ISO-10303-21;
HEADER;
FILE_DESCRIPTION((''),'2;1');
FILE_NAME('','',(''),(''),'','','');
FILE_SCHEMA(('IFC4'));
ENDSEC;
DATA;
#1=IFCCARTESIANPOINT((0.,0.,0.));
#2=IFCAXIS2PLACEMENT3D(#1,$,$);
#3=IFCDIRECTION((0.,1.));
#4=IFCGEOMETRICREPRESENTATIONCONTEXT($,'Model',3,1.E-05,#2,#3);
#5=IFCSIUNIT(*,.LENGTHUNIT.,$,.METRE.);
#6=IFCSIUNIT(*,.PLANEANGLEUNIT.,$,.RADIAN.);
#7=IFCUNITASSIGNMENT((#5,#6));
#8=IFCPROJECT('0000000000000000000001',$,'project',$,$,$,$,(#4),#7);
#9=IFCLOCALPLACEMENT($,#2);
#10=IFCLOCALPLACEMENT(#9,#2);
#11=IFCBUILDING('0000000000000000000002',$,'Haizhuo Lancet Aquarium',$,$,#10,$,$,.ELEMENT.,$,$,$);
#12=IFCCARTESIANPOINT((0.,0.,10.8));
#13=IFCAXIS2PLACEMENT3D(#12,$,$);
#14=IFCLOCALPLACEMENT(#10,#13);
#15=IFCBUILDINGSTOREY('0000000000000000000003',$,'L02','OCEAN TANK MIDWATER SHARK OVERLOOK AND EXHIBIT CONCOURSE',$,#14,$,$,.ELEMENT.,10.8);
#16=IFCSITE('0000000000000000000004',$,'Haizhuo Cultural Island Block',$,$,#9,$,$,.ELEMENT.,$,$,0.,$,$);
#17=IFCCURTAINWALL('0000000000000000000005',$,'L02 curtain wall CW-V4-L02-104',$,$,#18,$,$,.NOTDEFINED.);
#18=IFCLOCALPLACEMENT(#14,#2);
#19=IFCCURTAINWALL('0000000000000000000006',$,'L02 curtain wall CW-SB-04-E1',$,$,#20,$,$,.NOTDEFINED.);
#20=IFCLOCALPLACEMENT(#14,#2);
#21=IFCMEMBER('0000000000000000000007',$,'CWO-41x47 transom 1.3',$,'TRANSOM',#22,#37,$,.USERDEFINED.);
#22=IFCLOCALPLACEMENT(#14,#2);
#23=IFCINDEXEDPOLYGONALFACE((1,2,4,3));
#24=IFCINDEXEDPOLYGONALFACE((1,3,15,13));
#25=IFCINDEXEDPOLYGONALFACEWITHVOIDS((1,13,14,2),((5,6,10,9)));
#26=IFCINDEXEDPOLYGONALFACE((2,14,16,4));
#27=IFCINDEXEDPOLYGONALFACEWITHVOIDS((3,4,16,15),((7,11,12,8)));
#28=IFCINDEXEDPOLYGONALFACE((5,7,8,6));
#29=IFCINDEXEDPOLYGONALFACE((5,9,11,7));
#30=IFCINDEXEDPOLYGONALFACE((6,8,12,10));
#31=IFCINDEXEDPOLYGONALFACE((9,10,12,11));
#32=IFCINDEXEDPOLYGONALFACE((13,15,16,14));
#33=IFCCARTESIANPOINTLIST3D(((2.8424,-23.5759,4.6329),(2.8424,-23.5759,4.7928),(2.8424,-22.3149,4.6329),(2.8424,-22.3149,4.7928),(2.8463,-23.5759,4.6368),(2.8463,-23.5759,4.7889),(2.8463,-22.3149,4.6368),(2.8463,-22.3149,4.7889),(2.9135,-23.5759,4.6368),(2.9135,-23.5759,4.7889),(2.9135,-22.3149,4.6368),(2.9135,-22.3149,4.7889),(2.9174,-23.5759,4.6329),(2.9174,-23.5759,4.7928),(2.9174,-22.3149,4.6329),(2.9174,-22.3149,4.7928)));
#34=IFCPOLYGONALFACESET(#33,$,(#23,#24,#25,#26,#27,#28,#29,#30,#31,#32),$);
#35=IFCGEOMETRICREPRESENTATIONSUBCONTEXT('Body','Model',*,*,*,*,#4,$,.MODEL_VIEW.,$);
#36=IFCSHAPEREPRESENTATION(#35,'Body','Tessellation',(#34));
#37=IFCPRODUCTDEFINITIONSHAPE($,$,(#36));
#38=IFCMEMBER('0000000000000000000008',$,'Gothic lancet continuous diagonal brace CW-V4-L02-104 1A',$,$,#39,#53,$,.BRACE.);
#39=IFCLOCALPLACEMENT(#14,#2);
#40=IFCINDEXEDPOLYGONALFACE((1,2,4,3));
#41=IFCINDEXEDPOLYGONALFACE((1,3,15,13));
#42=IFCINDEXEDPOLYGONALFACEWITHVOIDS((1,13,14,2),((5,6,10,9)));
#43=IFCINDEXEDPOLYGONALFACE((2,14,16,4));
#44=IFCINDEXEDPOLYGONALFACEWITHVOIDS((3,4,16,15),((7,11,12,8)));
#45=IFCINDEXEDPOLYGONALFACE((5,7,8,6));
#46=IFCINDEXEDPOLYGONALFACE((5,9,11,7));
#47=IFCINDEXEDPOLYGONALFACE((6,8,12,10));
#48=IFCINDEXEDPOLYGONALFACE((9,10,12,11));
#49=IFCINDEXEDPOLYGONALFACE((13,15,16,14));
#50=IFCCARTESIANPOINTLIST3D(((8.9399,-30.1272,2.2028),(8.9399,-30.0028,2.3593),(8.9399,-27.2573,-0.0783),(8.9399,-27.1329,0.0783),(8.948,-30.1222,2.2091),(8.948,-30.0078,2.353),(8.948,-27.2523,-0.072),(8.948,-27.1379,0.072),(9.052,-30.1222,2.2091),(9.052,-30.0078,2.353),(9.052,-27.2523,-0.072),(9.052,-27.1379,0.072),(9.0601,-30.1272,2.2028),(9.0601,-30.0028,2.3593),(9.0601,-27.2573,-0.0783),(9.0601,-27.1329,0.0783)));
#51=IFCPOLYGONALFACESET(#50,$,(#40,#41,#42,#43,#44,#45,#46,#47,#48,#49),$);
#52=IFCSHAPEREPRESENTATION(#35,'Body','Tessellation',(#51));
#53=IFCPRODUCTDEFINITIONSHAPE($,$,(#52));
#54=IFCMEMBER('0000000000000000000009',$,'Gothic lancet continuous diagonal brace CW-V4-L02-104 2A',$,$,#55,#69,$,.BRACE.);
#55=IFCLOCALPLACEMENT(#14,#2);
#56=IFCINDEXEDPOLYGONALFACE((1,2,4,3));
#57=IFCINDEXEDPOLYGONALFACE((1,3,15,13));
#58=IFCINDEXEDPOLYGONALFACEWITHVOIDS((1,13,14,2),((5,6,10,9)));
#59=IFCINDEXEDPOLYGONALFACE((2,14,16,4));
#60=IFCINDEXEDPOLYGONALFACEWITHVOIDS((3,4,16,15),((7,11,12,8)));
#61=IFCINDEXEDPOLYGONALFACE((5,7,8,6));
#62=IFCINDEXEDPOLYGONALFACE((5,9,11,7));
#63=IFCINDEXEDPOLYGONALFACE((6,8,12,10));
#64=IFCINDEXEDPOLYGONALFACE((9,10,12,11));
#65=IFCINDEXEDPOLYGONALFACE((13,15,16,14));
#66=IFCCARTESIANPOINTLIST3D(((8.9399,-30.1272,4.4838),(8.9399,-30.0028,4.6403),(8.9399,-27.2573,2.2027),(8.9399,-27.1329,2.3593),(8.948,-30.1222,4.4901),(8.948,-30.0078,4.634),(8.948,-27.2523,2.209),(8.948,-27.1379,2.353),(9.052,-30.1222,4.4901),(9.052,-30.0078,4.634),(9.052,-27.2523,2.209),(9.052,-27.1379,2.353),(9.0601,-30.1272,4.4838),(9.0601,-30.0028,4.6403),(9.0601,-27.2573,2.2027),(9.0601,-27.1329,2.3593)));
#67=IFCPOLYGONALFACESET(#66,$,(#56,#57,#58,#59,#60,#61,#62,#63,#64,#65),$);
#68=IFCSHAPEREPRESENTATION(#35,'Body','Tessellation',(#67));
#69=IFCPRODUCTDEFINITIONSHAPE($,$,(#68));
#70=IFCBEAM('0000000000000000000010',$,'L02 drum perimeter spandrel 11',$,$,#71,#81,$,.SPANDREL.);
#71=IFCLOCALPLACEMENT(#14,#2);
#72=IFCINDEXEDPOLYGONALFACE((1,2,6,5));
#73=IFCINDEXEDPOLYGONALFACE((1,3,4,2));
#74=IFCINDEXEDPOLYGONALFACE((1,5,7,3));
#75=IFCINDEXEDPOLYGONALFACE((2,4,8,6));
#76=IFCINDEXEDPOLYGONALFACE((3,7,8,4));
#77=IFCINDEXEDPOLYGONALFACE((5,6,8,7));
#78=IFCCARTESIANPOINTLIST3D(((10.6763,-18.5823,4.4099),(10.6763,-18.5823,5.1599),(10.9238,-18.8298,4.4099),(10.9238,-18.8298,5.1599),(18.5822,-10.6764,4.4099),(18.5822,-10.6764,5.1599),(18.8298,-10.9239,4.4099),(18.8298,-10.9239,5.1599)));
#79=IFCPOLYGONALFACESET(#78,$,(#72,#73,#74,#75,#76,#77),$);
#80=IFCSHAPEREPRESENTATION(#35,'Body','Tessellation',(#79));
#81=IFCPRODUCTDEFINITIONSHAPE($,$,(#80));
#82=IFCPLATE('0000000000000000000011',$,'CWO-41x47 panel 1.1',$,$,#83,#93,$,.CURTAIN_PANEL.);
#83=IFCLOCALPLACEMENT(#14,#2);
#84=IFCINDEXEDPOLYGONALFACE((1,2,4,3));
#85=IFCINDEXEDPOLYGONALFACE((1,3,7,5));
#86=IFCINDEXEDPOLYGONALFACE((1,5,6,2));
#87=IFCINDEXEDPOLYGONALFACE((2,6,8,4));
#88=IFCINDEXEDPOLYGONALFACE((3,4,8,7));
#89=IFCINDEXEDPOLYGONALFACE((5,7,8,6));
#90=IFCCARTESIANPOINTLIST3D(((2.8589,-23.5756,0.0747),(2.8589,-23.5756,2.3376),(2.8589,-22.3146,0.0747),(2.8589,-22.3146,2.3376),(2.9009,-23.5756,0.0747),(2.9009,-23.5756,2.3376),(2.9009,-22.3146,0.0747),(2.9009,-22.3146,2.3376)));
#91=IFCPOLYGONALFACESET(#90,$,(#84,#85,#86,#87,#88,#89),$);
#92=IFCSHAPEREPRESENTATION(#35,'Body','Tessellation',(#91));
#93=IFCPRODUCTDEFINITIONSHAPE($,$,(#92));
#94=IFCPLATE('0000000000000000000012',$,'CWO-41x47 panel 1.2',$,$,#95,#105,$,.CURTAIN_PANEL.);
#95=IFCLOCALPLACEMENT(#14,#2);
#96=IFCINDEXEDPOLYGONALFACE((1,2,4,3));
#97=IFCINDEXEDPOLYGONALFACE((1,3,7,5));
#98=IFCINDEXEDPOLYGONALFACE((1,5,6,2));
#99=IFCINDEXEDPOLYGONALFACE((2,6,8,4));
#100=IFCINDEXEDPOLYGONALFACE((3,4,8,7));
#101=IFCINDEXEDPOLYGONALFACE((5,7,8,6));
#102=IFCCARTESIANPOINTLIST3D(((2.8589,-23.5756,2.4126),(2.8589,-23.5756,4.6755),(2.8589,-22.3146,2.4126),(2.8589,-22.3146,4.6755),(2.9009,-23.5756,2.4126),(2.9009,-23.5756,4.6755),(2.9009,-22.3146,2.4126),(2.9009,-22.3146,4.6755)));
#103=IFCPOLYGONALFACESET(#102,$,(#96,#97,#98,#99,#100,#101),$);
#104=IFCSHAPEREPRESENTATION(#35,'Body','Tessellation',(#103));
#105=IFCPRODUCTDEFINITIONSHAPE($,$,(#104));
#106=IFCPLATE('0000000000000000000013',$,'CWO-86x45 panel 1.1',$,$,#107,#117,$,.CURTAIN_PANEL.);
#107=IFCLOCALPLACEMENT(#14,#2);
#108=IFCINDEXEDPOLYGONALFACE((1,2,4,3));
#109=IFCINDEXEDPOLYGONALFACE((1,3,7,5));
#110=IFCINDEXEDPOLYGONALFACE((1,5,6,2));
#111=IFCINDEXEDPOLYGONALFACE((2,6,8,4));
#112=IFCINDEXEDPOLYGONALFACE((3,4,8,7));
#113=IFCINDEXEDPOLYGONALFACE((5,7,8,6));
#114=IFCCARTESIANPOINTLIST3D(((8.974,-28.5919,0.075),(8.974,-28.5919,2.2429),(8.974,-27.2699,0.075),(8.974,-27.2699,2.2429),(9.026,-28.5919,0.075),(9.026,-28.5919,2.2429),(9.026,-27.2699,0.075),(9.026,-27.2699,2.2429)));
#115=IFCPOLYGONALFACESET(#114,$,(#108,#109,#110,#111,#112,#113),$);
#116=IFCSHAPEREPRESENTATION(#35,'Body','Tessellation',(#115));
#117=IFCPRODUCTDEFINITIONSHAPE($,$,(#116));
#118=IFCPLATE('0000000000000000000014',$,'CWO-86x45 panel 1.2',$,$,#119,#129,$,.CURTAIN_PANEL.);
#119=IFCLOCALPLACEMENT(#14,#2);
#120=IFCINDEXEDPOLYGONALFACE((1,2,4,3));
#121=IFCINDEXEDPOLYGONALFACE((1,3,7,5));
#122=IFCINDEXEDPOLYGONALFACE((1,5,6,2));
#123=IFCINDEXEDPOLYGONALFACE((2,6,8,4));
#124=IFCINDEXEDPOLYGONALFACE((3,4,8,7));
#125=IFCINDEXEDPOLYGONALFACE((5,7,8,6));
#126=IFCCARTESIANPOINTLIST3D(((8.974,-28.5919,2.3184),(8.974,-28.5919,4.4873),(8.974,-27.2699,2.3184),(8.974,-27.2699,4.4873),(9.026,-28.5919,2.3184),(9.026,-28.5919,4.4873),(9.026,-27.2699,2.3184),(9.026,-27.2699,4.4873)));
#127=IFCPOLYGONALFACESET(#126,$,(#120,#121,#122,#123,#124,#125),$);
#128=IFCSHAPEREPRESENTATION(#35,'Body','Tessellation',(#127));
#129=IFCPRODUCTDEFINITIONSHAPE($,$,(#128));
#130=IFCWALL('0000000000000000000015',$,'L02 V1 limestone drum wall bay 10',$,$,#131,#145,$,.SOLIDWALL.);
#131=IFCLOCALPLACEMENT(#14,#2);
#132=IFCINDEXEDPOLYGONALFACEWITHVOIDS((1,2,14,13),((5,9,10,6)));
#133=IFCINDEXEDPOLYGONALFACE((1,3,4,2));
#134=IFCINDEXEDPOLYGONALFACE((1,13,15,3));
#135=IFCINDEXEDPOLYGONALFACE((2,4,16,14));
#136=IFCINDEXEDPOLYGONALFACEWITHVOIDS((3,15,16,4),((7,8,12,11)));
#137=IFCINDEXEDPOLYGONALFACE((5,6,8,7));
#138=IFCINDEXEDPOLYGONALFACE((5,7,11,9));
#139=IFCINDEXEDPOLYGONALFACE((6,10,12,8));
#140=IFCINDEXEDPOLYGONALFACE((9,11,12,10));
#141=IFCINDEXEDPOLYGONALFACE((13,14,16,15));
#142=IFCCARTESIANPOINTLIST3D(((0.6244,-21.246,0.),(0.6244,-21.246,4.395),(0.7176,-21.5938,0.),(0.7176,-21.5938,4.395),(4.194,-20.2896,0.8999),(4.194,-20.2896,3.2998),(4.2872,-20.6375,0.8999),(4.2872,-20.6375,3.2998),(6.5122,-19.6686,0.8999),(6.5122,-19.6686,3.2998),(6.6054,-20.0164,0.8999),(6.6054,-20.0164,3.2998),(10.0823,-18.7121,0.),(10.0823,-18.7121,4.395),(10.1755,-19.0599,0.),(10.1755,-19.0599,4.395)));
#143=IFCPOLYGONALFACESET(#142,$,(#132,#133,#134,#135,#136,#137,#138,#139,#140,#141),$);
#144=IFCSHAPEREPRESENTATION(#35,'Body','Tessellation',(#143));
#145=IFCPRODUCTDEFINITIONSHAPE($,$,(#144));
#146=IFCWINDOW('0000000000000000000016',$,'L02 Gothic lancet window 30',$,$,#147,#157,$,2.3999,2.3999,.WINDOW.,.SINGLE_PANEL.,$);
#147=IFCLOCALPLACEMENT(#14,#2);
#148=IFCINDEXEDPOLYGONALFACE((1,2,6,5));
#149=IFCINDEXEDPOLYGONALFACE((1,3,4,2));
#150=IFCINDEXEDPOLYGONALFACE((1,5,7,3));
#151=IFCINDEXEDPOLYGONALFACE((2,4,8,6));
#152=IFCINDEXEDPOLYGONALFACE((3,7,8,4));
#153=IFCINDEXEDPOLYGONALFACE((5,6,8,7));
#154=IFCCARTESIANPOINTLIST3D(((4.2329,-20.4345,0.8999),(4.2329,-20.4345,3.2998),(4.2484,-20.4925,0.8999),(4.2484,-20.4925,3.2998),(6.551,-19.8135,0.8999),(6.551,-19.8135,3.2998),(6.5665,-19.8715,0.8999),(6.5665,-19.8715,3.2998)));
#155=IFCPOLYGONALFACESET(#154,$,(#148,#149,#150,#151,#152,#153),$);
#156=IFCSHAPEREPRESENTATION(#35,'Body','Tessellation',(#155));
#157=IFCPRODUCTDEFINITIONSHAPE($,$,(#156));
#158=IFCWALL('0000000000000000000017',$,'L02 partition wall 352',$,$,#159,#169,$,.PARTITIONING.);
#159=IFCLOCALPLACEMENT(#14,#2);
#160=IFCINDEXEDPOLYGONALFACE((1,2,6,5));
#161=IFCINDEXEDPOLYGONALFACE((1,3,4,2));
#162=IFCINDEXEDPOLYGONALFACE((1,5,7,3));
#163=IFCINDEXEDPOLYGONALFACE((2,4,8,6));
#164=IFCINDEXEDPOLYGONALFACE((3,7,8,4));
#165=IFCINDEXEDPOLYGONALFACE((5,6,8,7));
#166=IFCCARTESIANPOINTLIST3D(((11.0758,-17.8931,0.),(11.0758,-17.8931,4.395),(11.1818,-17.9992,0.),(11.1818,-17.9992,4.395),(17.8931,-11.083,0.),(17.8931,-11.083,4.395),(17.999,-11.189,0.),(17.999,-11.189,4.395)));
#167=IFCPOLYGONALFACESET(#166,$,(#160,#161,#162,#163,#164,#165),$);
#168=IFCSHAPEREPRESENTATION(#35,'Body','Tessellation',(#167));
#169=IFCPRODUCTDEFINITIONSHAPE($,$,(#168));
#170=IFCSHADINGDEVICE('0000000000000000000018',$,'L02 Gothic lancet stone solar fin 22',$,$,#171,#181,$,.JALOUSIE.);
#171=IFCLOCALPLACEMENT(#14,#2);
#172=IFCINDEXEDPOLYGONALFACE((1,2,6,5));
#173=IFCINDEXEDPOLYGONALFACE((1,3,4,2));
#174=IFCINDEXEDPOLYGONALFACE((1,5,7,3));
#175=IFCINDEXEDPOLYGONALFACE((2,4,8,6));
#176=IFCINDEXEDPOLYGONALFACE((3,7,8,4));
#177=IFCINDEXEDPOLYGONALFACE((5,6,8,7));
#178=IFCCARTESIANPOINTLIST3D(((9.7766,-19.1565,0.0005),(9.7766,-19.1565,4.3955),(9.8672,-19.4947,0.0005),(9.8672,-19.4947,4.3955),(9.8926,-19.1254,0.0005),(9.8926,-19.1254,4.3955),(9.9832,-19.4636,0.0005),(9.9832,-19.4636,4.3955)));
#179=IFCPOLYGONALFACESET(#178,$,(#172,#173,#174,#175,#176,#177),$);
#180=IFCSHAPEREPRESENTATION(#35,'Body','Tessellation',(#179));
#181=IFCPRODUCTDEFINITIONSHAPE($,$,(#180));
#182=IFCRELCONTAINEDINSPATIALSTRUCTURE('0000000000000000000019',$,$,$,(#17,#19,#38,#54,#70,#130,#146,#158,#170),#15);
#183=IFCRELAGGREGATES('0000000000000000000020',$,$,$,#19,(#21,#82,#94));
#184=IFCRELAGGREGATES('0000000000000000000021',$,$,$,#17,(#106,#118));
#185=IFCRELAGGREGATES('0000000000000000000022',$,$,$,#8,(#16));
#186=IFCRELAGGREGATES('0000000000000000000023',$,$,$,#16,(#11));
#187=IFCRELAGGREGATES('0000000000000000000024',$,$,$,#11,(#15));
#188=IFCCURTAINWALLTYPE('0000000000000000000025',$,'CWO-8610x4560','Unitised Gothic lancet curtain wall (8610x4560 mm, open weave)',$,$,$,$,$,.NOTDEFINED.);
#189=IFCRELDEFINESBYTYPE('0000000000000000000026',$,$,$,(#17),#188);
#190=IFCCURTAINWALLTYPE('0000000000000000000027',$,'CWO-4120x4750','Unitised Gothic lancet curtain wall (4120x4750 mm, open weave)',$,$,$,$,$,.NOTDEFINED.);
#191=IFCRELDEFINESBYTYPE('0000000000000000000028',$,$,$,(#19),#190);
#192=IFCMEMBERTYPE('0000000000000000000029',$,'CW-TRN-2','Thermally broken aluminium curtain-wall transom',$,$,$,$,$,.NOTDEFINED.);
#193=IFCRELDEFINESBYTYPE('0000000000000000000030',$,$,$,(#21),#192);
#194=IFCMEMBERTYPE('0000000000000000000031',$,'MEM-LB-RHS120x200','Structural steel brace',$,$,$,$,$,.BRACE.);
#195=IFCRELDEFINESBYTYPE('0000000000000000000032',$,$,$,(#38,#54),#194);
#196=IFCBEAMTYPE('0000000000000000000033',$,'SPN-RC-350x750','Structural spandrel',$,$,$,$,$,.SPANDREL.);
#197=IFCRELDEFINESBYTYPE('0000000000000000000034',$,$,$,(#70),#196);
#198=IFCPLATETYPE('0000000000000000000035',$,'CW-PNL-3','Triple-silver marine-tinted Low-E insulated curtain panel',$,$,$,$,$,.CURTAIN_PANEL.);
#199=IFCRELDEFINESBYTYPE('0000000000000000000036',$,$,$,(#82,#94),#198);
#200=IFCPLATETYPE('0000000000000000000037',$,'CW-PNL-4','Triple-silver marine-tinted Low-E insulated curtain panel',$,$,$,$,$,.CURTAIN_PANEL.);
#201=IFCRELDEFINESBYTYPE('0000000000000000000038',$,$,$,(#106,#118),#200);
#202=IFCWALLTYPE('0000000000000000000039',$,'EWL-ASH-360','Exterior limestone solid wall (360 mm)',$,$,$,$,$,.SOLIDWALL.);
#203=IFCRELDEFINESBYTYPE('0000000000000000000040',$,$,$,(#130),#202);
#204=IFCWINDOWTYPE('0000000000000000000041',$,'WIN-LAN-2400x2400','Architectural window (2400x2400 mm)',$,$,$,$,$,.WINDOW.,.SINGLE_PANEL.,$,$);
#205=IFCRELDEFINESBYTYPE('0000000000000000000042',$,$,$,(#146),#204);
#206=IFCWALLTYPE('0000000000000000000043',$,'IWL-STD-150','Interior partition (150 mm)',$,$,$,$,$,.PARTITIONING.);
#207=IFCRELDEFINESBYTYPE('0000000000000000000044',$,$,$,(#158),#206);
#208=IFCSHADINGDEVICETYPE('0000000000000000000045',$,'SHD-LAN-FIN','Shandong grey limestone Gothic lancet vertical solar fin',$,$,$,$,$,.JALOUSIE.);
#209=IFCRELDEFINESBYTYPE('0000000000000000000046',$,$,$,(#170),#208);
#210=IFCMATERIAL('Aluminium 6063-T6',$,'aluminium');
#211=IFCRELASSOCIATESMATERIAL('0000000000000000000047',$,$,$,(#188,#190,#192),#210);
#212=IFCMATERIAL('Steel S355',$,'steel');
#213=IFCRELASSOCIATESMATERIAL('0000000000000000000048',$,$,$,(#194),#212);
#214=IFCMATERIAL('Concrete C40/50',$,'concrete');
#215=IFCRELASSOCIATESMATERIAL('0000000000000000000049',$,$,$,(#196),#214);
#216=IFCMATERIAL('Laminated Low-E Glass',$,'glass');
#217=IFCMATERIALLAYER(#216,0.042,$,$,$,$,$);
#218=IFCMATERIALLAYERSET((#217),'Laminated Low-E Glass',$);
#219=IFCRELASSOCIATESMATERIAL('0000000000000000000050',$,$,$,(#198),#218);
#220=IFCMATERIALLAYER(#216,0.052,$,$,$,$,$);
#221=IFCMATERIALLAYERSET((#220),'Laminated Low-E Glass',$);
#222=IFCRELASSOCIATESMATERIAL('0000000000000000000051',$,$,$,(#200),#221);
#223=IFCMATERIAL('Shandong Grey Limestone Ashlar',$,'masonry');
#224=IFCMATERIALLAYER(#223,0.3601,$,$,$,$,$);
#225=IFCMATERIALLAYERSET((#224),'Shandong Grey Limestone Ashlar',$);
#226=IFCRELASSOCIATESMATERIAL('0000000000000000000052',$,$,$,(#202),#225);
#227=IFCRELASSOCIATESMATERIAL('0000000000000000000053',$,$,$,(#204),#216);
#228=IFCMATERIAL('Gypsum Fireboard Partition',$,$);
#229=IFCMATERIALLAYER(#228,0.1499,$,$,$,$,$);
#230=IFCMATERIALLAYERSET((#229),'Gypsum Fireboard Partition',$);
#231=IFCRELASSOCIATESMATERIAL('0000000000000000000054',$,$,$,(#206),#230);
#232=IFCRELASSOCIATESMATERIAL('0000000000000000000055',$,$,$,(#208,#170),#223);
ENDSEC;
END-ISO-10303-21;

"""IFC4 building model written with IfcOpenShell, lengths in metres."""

from ifc_helpers import new_model, si_unit, direction, frame, frame_2d, origin, origin_2d, place, context, subcontext, project, spatial, rectangle, hollow_rectangle, extrude, material, layer, layer_set, material_profile, profile_set, type_object, element, fill, aggregate, save


model = new_model("IFC4")

# Units and contexts
model_context = context("Model", 3, precision=1e-05, world=origin(), true_north=direction((0.0, 1.0)))
body_context = subcontext(model_context, "Body", "Model", "MODEL_VIEW")
ifc_project = project(units=[si_unit("LENGTHUNIT", "METRE"), si_unit("PLANEANGLEUNIT", "RADIAN")], contexts=[model_context])

# Site, building, storey
site_placement = place(None, origin())
site = spatial("IfcSite", under=ifc_project, at=site_placement, Name="Haizhuo Cultural Island Block", CompositionType="ELEMENT", RefElevation=0.0)
building_placement = place(site_placement, origin())
building = spatial("IfcBuilding", under=site, at=building_placement, Name="Haizhuo Lancet Aquarium", CompositionType="ELEMENT")
storey_placement = place(building_placement, frame((0.0, 0.0, 10.8)))
storey = spatial("IfcBuildingStorey", under=building, at=storey_placement, Name="L02", Description="OCEAN TANK MIDWATER SHARK OVERLOOK AND EXHIBIT CONCOURSE", CompositionType="ELEMENT", Elevation=10.8)

# Shared definitions
ifc_material_1 = material(Name="Steel S355", Category="steel")

# Curtain wall
ifc_material_2 = material(Name="Aluminium 6063-T6", Category="aluminium")
curtain_wall_type_1 = type_object("IfcCurtainWallType", Name="CWO-8610x4560", Description="Unitised Gothic lancet curtain wall (8610x4560 mm, open weave)", PredefinedType="NOTDEFINED", material=ifc_material_2)
curtain_wall_1_placement = place(storey_placement, origin())
curtain_wall_1 = element("IfcCurtainWall", 1, at=curtain_wall_1_placement, inside=storey, type_object=curtain_wall_type_1, Name="L02 curtain wall CW-V4-L02-104", PredefinedType="NOTDEFINED")

# Curtain wall
curtain_wall_type_2 = type_object("IfcCurtainWallType", Name="CWO-4120x4750", Description="Unitised Gothic lancet curtain wall (4120x4750 mm, open weave)", PredefinedType="NOTDEFINED", material=ifc_material_2)
curtain_wall_2_placement = place(storey_placement, origin())
curtain_wall_2 = element("IfcCurtainWall", 2, at=curtain_wall_2_placement, inside=storey, type_object=curtain_wall_type_2, Name="L02 curtain wall CW-SB-04-E1", PredefinedType="NOTDEFINED")

# Member
ifc_material_profile_1 = material_profile(ifc_material_2, hollow_rectangle(XDim=0.075, YDim=0.1599, WallThickness=0.0039, at=origin_2d()), Name="ALU-T 75x160x4")
ifc_profile_set_1 = profile_set([ifc_material_profile_1], Name="Aluminium 6063-T6")
member_type_1 = type_object("IfcMemberType", Name="CW-TRN-2", Description="Thermally broken aluminium curtain-wall transom", PredefinedType="NOTDEFINED", material=ifc_profile_set_1)
member_1_placement = place(storey_placement, frame((2.8799, -22.3149, 4.7129), z_axis=(0.0, -1.0, 0.0), x_axis=(1.0, 0.0, 0.0)))
member_1 = element("IfcMember", 3, at=member_1_placement, type_object=member_type_1, Name="CWO-41x47 transom 1.3", ObjectType="TRANSOM", PredefinedType="USERDEFINED", context=body_context, shape_type="SweptSolid", body=[
    extrude(hollow_rectangle(XDim=0.075, YDim=0.1599, WallThickness=0.0039, at=origin_2d()), origin(), (0.0, 0.0, 1.0), 1.261),
])

# Members
ifc_material_profile_2 = material_profile(ifc_material_1, hollow_rectangle(XDim=0.1201, YDim=0.2, WallThickness=0.0081, at=origin_2d()), Name="RHS 120x200x8")
ifc_profile_set_2 = profile_set([ifc_material_profile_2], Name="Steel S355")
member_type_2 = type_object("IfcMemberType", Name="MEM-LB-RHS120x200", Description="Structural steel brace", PredefinedType="BRACE", material=ifc_profile_set_2)
for number, where, z_axis, x_axis, name in (
    (4, (9.0, -27.1951, 0.0), (0.0, -0.782847, 0.622215), (1.0, 0.0, 0.0), "Gothic lancet continuous diagonal brace CW-V4-L02-104 1A"),
    (5, (9.0, -27.1951, 2.281), (0.0, -0.782847, 0.622215), (1.0, 0.0, 0.0), "Gothic lancet continuous diagonal brace CW-V4-L02-104 2A"),
):
    element("IfcMember", number, at=place(storey_placement, frame(where, z_axis=z_axis, x_axis=x_axis)), inside=storey, type_object=member_type_2, Name=name, PredefinedType="BRACE", context=body_context, shape_type="SweptSolid", body=[
        extrude(hollow_rectangle(XDim=0.1201, YDim=0.2, WallThickness=0.0081, at=origin_2d()), origin(), (0.0, 0.0, 1.0), 3.666),
    ])

# Beam
ifc_material_3 = material(Name="Concrete C40/50", Category="concrete")
ifc_material_profile_3 = material_profile(ifc_material_3, rectangle(XDim=0.3501, YDim=0.75, at=origin_2d()), Name="RC-SP 350x750")
ifc_profile_set_3 = profile_set([ifc_material_profile_3], Name="Concrete C40/50")
beam_type = type_object("IfcBeamType", Name="SPN-RC-350x750", Description="Structural spandrel", PredefinedType="SPANDREL", material=ifc_profile_set_3)
beam_placement = place(storey_placement, frame((10.8, -18.7061, 4.7849), z_axis=(0.707107, 0.707107, 0.0), x_axis=(-0.707107, 0.707107, 0.0)))
element("IfcBeam", 6, at=beam_placement, inside=storey, type_object=beam_type, Name="L02 drum perimeter spandrel 11", PredefinedType="SPANDREL", context=body_context, shape_type="SweptSolid", body=[
    extrude(rectangle(XDim=0.3501, YDim=0.75, at=origin_2d()), origin(), (0.0, 0.0, 1.0), 11.1807),
])

# Plates
ifc_material_4 = material(Name="Laminated Low-E Glass", Category="glass")
ifc_layer_1 = layer(ifc_material_4, 0.042)
ifc_layer_set_1 = layer_set([ifc_layer_1], Name="Laminated Low-E Glass")
plate_type_1 = type_object("IfcPlateType", Name="CW-PNL-3", Description="Triple-silver marine-tinted Low-E insulated curtain panel", PredefinedType="CURTAIN_PANEL", material=ifc_layer_set_1)
plate_1_placement = place(storey_placement, frame((2.8799, -22.9451, 0.0747), z_axis=(0.0, 0.0, 1.0), x_axis=(0.0, -1.0, 0.0)))
plate_1 = element("IfcPlate", 7, at=plate_1_placement, type_object=plate_type_1, Name="CWO-41x47 panel 1.1", PredefinedType="CURTAIN_PANEL", context=body_context, shape_type="SweptSolid", body=[
    extrude(rectangle(XDim=1.261, YDim=0.042, at=origin_2d()), origin(), (0.0, 0.0, 1.0), 2.2629),
])
plate_2_placement = place(storey_placement, frame((2.8799, -22.9451, 2.4126), z_axis=(0.0, 0.0, 1.0), x_axis=(0.0, -1.0, 0.0)))
plate_2 = element("IfcPlate", 8, at=plate_2_placement, type_object=plate_type_1, Name="CWO-41x47 panel 1.2", PredefinedType="CURTAIN_PANEL", context=body_context, shape_type="SweptSolid", body=[
    extrude(rectangle(XDim=1.261, YDim=0.042, at=origin_2d()), origin(), (0.0, 0.0, 1.0), 2.2629),
])
aggregate(curtain_wall_2, [member_1, plate_1, plate_2])
ifc_layer_2 = layer(ifc_material_4, 0.052)
ifc_layer_set_2 = layer_set([ifc_layer_2], Name="Laminated Low-E Glass")
plate_type_2 = type_object("IfcPlateType", Name="CW-PNL-4", Description="Triple-silver marine-tinted Low-E insulated curtain panel", PredefinedType="CURTAIN_PANEL", material=ifc_layer_set_2)
plate_3_placement = place(storey_placement, frame((9.0, -27.9309, 0.075), z_axis=(0.0, 0.0, 1.0), x_axis=(0.0, -1.0, 0.0)))
plate_3 = element("IfcPlate", 9, at=plate_3_placement, type_object=plate_type_2, Name="CWO-86x45 panel 1.1", PredefinedType="CURTAIN_PANEL", context=body_context, shape_type="SweptSolid", body=[
    extrude(rectangle(XDim=1.322, YDim=0.052, at=origin_2d()), origin(), (0.0, 0.0, 1.0), 2.168),
])
plate_4_placement = place(storey_placement, frame((9.0, -27.9309, 2.3184), z_axis=(0.0, 0.0, 1.0), x_axis=(0.0, -1.0, 0.0)))
plate_4 = element("IfcPlate", 10, at=plate_4_placement, type_object=plate_type_2, Name="CWO-86x45 panel 1.2", PredefinedType="CURTAIN_PANEL", context=body_context, shape_type="SweptSolid", body=[
    extrude(rectangle(XDim=1.322, YDim=0.052, at=origin_2d()), origin(), (0.0, 0.0, 1.0), 2.1689),
])
aggregate(curtain_wall_1, [plate_3, plate_4])

# Wall, opening, window
ifc_material_5 = material(Name="Shandong Grey Limestone Ashlar", Category="masonry")
ifc_layer_3 = layer(ifc_material_5, 0.3601)
ifc_layer_set_3 = layer_set([ifc_layer_3], Name="Shandong Grey Limestone Ashlar")
wall_type_1 = type_object("IfcWallType", Name="EWL-ASH-360", Description="Exterior limestone solid wall (360 mm)", PredefinedType="SOLIDWALL", material=ifc_layer_set_3)
wall_1_placement = place(storey_placement, frame((10.1289, -18.886, 0.0), z_axis=(0.0, 0.0, 1.0), x_axis=(-0.965934, -0.258788, 0.0)))
wall_1 = element("IfcWall", 11, at=wall_1_placement, inside=storey, type_object=wall_type_1, Name="L02 V1 limestone drum wall bay 10", PredefinedType="SOLIDWALL", context=body_context, shape_type="SweptSolid", body=[
    extrude(rectangle(XDim=9.7915, YDim=0.3601, at=frame_2d((4.8958, 0.0))), origin(), (0.0, 0.0, 1.0), 4.395),
])
opening_placement = place(wall_1_placement, frame((3.696, 0.0, 0.8999)))
opening = element("IfcOpeningElement", 12, at=opening_placement, cuts=wall_1, PredefinedType="OPENING", context=body_context, shape_type="SweptSolid", body=[
    extrude(rectangle(XDim=2.3999, YDim=2.3999, at=frame_2d((1.2, 1.2))), frame((0.0, 0.1899, 0.0), z_axis=(0.0, -1.0, 0.0), x_axis=(1.0, 0.0, 0.0)), (0.0, 0.0, 1.0), 0.3801),
])
window_type = type_object("IfcWindowType", Name="WIN-LAN-2400x2400", Description="Architectural window (2400x2400 mm)", PartitioningType="SINGLE_PANEL", PredefinedType="WINDOW", material=ifc_material_4)
window_placement = place(opening_placement, origin())
window = element("IfcWindow", 13, at=window_placement, inside=storey, type_object=window_type, Name="L02 Gothic lancet window 30", OverallHeight=2.3999, OverallWidth=2.3999, PartitioningType="SINGLE_PANEL", PredefinedType="WINDOW", context=body_context, shape_type="SweptSolid", body=[
    extrude(rectangle(XDim=2.3999, YDim=2.3999, at=frame_2d((1.2, 1.2))), frame((0.0, 0.03, 0.0), z_axis=(0.0, -1.0, 0.0), x_axis=(1.0, 0.0, 0.0)), (0.0, 0.0, 1.0), 0.0601),
])
fill(opening, window)

# Wall
ifc_material_6 = material(Name="Gypsum Fireboard Partition")
ifc_layer_4 = layer(ifc_material_6, 0.1499)
ifc_layer_set_4 = layer_set([ifc_layer_4], Name="Gypsum Fireboard Partition")
wall_type_2 = type_object("IfcWallType", Name="IWL-STD-150", Description="Interior partition (150 mm)", PredefinedType="PARTITIONING", material=ifc_layer_set_4)
wall_2_placement = place(storey_placement, frame((11.1289, -17.946, 0.0), z_axis=(0.0, 0.0, 1.0), x_axis=(0.707474, 0.706739, 0.0)))
element("IfcWall", 14, at=wall_2_placement, inside=storey, type_object=wall_type_2, Name="L02 partition wall 352", PredefinedType="PARTITIONING", context=body_context, shape_type="SweptSolid", body=[
    extrude(rectangle(XDim=9.636, YDim=0.1499, at=frame_2d((4.8179, 0.0))), origin(), (0.0, 0.0, 1.0), 4.395),
])

# Shading device
shading_device_type = type_object("IfcShadingDeviceType", Name="SHD-LAN-FIN", Description="Shandong grey limestone Gothic lancet vertical solar fin", PredefinedType="JALOUSIE", material=ifc_material_5)
shading_device_placement = place(storey_placement, frame((9.8799, -19.3101, 0.0005), z_axis=(0.0, 0.0, 1.0), x_axis=(-0.965933, -0.258794, 0.0)))
element("IfcShadingDevice", 15, at=shading_device_placement, inside=storey, type_object=shading_device_type, material=ifc_material_5, Name="L02 Gothic lancet stone solar fin 22", PredefinedType="JALOUSIE", context=body_context, shape_type="SweptSolid", body=[
    extrude(rectangle(XDim=0.1201, YDim=0.3501, at=origin_2d()), origin(), (0.0, 0.0, 1.0), 4.395),
])

save(model, "model.ifc")
